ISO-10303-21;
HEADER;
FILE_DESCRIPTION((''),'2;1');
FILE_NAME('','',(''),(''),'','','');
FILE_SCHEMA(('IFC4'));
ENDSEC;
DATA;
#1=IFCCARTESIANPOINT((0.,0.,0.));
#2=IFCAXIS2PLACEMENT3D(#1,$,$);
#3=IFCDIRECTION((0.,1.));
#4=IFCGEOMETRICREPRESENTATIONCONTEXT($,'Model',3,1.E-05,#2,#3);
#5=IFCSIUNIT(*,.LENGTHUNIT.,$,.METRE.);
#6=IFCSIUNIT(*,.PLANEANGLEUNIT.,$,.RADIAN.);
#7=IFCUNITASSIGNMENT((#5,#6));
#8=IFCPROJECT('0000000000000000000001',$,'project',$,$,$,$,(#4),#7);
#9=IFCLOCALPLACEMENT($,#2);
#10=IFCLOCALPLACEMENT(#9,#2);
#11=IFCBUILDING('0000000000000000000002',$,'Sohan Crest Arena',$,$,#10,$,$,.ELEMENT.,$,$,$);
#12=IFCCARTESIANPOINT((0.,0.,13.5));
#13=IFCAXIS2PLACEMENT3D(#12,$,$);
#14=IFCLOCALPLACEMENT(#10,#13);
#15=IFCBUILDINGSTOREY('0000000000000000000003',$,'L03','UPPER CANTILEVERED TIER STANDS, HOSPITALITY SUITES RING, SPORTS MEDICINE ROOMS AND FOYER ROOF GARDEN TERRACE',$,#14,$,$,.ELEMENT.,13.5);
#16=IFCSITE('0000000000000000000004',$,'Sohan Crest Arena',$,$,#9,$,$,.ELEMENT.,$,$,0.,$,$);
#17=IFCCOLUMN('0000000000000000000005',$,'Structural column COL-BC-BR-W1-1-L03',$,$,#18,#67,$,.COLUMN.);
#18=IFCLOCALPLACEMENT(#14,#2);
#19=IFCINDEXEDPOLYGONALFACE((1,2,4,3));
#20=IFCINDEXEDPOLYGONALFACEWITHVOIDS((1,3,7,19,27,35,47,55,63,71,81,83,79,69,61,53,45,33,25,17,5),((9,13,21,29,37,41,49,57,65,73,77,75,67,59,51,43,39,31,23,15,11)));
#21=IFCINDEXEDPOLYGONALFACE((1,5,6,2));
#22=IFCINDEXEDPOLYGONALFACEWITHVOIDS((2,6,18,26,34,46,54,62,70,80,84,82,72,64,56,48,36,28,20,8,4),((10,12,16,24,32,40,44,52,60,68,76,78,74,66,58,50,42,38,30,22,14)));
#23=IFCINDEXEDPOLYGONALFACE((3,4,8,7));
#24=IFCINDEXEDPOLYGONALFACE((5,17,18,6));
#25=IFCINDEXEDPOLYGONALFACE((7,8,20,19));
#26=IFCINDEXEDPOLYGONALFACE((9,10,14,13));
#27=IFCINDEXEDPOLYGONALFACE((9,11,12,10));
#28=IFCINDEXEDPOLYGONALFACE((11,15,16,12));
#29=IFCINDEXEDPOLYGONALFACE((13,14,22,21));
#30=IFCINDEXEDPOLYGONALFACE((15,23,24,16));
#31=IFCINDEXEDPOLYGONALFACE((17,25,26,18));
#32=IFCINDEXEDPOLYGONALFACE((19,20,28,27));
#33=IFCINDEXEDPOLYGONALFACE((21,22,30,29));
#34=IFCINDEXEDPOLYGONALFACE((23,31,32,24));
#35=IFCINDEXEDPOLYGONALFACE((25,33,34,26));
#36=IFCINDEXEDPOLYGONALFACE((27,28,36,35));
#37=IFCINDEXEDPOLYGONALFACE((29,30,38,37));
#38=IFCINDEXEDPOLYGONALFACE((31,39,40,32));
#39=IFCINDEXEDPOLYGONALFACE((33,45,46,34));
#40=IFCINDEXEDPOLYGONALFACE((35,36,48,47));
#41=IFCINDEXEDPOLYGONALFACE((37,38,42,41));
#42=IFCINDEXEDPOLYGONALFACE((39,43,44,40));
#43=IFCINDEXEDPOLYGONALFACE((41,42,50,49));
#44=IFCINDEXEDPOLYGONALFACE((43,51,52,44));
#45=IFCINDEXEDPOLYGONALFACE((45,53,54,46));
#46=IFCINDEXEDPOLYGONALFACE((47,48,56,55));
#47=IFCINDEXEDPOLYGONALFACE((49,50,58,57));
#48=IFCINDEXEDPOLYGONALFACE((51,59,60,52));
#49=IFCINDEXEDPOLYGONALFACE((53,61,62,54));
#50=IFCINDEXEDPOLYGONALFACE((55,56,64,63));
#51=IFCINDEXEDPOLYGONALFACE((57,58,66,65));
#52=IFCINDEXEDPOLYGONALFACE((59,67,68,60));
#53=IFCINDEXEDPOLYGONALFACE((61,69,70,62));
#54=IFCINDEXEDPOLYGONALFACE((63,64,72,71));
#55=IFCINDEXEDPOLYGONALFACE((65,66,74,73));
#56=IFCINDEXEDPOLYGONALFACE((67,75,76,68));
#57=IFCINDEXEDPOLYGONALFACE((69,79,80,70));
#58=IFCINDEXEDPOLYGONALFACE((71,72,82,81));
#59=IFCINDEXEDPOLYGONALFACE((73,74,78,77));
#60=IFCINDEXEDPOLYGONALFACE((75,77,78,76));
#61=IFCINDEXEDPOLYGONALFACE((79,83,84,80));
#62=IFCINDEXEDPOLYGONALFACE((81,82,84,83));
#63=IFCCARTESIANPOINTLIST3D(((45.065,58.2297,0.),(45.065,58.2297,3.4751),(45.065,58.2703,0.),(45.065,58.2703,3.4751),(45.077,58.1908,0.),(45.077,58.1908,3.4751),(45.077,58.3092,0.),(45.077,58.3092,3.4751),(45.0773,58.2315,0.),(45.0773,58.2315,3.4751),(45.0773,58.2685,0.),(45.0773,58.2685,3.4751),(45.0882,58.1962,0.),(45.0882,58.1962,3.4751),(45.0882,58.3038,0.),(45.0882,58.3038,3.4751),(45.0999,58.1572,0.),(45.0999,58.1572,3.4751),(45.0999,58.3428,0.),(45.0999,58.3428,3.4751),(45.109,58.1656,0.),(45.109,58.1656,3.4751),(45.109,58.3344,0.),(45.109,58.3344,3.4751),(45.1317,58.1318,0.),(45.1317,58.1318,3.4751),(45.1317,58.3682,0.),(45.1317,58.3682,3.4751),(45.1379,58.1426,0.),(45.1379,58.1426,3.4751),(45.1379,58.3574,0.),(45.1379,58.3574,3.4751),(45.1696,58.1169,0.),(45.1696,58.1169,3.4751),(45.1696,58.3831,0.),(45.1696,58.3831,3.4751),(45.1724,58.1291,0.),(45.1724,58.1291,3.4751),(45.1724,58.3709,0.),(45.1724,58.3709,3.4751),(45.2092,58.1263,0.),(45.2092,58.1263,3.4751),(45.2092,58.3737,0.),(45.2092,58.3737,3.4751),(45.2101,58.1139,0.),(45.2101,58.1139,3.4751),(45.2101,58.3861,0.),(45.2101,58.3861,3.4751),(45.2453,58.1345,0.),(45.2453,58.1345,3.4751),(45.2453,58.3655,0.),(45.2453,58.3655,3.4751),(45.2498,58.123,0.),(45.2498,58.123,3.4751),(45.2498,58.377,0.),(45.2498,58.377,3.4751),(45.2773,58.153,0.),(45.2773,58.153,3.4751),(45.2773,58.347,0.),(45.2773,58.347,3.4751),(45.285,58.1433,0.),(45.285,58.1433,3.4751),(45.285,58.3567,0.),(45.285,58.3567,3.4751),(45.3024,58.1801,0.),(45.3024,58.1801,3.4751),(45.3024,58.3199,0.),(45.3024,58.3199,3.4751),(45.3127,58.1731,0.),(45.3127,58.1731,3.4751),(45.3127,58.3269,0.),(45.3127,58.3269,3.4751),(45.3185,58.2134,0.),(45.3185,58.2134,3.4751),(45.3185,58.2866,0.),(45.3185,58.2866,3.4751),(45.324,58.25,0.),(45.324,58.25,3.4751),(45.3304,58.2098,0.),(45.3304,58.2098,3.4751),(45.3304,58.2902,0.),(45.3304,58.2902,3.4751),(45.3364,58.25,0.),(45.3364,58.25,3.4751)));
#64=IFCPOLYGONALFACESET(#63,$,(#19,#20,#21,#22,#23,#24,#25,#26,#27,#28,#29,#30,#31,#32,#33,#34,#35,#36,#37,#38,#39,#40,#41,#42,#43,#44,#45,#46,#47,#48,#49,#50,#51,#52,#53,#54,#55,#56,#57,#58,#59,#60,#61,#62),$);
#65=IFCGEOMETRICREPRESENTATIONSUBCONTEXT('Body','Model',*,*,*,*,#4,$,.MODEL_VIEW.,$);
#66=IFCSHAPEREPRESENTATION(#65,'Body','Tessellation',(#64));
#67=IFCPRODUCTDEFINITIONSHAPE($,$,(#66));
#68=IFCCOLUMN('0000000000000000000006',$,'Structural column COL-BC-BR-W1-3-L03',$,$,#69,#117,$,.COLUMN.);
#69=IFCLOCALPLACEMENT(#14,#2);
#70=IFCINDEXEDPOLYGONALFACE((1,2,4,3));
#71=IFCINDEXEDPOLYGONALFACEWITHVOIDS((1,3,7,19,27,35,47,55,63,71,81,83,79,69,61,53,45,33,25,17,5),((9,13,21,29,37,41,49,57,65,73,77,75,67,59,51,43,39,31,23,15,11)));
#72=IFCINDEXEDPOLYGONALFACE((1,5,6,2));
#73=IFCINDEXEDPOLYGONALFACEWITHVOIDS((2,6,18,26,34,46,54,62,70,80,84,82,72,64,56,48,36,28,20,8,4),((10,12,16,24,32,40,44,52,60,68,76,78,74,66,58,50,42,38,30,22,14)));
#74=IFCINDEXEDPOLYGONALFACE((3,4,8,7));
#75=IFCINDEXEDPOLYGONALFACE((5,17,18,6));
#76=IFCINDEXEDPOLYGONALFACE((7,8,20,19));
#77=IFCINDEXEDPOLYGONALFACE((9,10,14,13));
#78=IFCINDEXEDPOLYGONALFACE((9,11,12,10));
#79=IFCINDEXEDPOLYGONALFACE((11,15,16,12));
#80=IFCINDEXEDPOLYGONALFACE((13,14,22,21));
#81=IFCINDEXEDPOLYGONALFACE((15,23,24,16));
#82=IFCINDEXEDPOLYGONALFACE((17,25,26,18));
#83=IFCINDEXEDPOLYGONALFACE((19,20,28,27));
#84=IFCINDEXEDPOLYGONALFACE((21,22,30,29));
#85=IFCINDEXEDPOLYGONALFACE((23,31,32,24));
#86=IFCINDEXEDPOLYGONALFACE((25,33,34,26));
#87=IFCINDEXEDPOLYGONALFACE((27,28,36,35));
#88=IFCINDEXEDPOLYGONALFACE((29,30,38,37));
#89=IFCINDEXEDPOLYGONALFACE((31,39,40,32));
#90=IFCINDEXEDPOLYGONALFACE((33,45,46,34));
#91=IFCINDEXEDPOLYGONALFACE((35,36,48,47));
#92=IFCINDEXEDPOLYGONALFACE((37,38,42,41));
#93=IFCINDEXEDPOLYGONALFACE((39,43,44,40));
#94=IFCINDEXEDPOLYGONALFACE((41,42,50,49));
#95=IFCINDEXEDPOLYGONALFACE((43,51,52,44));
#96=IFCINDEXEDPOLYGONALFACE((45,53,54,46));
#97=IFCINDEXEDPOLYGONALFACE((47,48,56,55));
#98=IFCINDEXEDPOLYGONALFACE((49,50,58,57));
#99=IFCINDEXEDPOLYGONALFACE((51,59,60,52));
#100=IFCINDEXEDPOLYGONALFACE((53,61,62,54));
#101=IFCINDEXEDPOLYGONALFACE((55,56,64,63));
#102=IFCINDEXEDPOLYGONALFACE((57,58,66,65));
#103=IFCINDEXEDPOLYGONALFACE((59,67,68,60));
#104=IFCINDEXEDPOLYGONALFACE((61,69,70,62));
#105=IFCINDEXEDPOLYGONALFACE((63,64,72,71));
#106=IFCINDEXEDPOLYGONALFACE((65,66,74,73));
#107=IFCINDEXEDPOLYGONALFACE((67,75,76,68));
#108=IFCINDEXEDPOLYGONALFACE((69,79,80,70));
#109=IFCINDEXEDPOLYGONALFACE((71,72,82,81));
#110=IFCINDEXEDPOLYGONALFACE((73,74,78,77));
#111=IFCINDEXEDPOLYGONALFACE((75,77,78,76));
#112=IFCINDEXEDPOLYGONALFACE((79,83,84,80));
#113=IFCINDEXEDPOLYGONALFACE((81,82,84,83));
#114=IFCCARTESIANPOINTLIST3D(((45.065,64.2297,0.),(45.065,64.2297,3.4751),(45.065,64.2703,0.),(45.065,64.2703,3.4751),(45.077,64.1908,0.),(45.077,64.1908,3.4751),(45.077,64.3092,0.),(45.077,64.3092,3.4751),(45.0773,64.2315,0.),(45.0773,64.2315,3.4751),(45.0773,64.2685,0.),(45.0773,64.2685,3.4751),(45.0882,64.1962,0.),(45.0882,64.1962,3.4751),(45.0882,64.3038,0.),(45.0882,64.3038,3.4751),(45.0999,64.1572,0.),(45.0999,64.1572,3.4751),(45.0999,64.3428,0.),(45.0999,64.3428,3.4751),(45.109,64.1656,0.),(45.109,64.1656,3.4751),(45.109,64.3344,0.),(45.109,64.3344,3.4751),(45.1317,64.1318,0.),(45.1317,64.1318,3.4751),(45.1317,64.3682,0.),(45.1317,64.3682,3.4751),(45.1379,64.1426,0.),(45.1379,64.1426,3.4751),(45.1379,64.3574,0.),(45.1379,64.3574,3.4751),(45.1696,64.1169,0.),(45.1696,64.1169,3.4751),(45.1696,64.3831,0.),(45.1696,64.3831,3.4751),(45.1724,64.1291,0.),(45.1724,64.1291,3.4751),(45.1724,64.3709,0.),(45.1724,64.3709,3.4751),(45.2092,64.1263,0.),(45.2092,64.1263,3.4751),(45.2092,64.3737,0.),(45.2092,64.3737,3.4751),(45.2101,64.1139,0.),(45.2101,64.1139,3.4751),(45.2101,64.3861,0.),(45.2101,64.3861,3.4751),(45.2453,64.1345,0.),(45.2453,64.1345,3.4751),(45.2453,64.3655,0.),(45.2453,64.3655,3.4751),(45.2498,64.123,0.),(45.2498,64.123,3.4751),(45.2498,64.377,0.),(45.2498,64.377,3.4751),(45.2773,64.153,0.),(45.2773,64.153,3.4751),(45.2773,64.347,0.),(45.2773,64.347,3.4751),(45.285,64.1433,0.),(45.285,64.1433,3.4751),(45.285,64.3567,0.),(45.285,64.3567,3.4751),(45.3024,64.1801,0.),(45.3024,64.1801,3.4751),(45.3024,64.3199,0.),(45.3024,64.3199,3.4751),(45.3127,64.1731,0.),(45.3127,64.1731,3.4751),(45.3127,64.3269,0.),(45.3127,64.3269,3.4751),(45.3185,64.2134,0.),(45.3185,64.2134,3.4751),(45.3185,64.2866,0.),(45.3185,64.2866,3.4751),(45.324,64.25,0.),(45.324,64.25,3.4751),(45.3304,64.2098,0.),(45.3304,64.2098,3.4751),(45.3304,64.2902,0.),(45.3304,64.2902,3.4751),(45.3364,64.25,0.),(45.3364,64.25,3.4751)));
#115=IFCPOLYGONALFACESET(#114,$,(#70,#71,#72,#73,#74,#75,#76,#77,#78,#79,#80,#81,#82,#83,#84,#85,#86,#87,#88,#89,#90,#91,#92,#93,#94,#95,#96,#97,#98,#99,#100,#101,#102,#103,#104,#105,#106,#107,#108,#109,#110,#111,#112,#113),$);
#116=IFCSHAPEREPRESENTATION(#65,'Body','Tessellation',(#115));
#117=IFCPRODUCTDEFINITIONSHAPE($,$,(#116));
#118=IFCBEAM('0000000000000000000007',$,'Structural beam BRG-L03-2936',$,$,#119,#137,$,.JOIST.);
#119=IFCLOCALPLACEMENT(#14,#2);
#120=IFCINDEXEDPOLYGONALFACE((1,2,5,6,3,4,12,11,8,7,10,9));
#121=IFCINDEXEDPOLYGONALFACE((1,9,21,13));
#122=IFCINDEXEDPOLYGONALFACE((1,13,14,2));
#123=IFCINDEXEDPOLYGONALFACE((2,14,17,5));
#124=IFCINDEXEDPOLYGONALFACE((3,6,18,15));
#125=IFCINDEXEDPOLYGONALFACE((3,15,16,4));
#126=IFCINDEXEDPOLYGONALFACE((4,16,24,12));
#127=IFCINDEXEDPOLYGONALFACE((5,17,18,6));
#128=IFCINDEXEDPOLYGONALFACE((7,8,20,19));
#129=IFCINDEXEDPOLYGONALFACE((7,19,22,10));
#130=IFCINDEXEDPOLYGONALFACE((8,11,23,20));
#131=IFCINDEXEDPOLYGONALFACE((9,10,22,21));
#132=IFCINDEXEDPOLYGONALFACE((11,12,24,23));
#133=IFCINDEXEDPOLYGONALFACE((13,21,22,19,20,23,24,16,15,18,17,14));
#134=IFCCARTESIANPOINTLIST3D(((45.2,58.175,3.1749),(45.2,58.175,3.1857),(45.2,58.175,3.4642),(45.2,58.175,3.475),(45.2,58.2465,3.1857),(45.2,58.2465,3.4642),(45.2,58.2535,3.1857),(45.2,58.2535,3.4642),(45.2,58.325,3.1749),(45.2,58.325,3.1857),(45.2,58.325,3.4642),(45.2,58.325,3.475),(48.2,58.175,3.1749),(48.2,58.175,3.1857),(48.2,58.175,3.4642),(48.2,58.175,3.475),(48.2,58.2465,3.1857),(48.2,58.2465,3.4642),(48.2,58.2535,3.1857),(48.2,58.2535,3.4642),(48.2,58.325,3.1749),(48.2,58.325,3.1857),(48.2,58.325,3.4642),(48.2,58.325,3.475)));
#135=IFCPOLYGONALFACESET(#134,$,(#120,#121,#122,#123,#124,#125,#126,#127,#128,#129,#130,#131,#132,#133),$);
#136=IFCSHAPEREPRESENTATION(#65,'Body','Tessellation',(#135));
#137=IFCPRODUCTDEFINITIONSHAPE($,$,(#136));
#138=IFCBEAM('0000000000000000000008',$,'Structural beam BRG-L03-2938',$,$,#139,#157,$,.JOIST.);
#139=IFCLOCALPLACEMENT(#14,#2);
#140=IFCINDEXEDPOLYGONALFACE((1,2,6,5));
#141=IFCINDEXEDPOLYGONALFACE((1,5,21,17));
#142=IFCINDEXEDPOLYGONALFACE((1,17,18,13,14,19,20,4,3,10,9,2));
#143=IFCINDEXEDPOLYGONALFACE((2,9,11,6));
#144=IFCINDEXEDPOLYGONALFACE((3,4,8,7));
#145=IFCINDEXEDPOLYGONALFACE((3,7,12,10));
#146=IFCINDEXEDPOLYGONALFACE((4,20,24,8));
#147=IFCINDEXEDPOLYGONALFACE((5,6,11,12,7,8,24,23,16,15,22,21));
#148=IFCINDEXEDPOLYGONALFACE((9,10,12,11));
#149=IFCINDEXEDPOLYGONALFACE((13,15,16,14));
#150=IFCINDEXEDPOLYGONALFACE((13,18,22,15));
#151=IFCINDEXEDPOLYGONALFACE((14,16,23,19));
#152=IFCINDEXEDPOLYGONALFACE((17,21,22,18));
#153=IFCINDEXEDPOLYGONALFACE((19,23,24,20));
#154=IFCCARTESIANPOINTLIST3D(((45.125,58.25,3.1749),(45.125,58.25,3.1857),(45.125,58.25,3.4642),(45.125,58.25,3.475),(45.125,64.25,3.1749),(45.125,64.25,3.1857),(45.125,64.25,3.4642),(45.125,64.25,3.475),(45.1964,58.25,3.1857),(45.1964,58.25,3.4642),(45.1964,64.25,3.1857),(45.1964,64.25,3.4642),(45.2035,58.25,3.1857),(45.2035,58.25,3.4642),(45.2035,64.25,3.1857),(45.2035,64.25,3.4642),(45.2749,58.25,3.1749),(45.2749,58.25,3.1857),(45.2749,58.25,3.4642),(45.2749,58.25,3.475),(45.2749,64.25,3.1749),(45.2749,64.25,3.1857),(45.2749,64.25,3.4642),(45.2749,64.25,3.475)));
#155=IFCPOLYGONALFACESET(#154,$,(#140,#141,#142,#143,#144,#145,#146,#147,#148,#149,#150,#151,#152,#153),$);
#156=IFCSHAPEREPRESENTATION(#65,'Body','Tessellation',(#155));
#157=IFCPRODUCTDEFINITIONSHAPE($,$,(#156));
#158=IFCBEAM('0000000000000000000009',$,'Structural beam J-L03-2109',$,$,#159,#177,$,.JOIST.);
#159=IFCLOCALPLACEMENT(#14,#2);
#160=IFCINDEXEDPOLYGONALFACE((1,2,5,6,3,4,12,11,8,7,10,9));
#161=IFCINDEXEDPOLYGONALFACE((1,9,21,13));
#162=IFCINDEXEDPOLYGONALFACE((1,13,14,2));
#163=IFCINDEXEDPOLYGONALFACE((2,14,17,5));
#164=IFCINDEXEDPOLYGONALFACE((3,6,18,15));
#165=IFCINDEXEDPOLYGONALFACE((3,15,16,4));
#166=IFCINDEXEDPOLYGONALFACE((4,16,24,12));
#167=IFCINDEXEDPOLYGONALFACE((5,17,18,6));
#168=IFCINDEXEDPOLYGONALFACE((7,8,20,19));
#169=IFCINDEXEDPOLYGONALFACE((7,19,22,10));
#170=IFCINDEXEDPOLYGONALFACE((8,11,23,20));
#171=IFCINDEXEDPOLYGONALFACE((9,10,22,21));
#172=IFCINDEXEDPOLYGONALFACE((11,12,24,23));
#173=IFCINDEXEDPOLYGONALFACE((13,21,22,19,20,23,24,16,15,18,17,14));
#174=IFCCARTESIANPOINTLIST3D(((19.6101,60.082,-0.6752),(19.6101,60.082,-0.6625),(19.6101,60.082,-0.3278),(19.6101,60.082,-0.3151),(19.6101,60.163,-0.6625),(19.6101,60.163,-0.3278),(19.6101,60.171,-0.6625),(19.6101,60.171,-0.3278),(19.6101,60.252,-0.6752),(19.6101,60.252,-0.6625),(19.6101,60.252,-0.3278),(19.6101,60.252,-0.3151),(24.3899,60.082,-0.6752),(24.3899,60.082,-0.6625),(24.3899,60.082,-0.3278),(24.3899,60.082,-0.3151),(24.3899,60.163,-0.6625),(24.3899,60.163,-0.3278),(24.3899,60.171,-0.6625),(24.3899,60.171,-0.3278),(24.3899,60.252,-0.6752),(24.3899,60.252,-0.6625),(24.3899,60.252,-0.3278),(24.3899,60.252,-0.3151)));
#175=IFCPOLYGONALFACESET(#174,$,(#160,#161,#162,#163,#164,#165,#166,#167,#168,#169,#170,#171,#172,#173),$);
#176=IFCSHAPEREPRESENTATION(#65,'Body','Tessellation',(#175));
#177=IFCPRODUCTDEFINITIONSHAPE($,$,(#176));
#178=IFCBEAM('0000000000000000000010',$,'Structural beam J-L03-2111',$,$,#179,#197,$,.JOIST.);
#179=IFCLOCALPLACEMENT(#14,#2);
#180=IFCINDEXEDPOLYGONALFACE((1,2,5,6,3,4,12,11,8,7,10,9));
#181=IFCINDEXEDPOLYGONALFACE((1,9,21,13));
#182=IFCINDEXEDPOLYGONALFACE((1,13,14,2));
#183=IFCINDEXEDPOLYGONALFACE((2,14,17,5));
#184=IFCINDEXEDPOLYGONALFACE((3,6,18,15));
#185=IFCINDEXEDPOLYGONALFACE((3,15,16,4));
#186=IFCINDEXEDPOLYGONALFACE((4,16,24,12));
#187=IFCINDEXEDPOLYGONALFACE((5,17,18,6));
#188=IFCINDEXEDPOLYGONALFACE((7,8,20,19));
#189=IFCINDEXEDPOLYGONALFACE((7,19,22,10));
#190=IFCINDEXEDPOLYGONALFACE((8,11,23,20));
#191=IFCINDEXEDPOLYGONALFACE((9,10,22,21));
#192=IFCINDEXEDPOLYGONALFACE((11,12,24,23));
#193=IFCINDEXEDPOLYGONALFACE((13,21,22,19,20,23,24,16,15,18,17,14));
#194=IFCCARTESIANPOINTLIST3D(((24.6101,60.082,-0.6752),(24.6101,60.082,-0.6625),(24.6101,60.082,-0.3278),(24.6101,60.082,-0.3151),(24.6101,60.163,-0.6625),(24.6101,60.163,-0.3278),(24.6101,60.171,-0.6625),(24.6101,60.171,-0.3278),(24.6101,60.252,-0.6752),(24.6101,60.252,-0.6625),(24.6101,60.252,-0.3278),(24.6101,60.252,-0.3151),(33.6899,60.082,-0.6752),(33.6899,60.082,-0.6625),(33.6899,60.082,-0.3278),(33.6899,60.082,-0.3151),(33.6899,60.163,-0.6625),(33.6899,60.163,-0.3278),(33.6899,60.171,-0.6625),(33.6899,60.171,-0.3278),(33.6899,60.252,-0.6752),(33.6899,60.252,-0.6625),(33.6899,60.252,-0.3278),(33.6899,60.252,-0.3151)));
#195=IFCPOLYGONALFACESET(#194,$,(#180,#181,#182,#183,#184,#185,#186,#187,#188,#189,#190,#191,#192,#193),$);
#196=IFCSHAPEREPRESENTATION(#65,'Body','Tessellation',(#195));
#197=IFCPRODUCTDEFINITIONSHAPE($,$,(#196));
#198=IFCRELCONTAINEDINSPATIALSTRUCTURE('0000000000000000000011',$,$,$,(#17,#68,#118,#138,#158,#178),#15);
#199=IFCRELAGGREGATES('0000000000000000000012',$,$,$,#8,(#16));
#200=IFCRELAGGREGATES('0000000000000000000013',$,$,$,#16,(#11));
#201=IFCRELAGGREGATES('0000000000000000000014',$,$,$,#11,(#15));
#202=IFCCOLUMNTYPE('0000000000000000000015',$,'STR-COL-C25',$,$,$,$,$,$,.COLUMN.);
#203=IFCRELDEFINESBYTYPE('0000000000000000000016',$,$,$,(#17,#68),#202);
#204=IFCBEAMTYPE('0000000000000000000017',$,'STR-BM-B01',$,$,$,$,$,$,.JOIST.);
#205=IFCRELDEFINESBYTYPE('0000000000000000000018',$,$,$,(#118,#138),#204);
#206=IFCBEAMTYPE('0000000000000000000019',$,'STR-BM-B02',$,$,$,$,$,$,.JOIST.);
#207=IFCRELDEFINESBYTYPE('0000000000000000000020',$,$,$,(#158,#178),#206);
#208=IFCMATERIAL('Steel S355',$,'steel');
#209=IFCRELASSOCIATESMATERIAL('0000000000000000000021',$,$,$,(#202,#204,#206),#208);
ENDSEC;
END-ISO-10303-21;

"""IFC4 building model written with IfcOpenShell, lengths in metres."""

from ifc_helpers import new_model, si_unit, direction, frame, origin, origin_2d, place, context, subcontext, project, spatial, hollow_circle, i_section, extrude, material, material_profile, profile_set, type_object, element, save


model = new_model("IFC4")

# Units and contexts
model_context = context("Model", 3, precision=1e-05, world=origin(), true_north=direction((0.0, 1.0)))
body_context = subcontext(model_context, "Body", "Model", "MODEL_VIEW")
ifc_project = project(units=[si_unit("LENGTHUNIT", "METRE"), si_unit("PLANEANGLEUNIT", "RADIAN")], contexts=[model_context])

# Site, building, storey
site_placement = place(None, origin())
site = spatial("IfcSite", under=ifc_project, at=site_placement, Name="Sohan Crest Arena", CompositionType="ELEMENT", RefElevation=0.0)
building_placement = place(site_placement, origin())
building = spatial("IfcBuilding", under=site, at=building_placement, Name="Sohan Crest Arena", CompositionType="ELEMENT")
storey_placement = place(building_placement, frame((0.0, 0.0, 13.5)))
storey = spatial("IfcBuildingStorey", under=building, at=storey_placement, Name="L03", Description="UPPER CANTILEVERED TIER STANDS, HOSPITALITY SUITES RING, SPORTS MEDICINE ROOMS AND FOYER ROOF GARDEN TERRACE", CompositionType="ELEMENT", Elevation=13.5)

# Columns
ifc_material_1 = material(Name="Steel S355", Category="steel")
ifc_material_profile_1 = material_profile(ifc_material_1, hollow_circle(Radius=0.1365, WallThickness=0.0125, at=origin_2d()), Name="CHS 273x12.5")
ifc_profile_set_1 = profile_set([ifc_material_profile_1], Name="Steel S355")
column_type_1 = type_object("IfcColumnType", Name="STR-COL-C25", PredefinedType="COLUMN", material=ifc_profile_set_1)
for number, where, z_axis, x_axis, name in (
    (1, (45.2, 58.25, 0.0), (0.0, 0.0, 1.0), (1.0, 0.0, 0.0), "Structural column COL-BC-BR-W1-1-L03"),
    (2, (45.2, 64.25, 0.0), (0.0, 0.0, 1.0), (1.0, 0.0, 0.0), "Structural column COL-BC-BR-W1-3-L03"),
):
    element("IfcColumn", number, at=place(storey_placement, frame(where, z_axis=z_axis, x_axis=x_axis)), inside=storey, type_object=column_type_1, Name=name, PredefinedType="COLUMN", context=body_context, shape_type="SweptSolid", body=[
        extrude(hollow_circle(Radius=0.1365, WallThickness=0.0125, at=origin_2d()), origin(), (0.0, 0.0, 1.0), 3.4751),
    ])

# Beams
ifc_material_profile_2 = material_profile(ifc_material_1, i_section(OverallWidth=0.1499, OverallDepth=0.3, WebThickness=0.0071, FlangeThickness=0.0107, at=origin_2d()), Name="IPE 300")
ifc_profile_set_2 = profile_set([ifc_material_profile_2], Name="Steel S355")
beam_type_1 = type_object("IfcBeamType", Name="STR-BM-B01", PredefinedType="JOIST", material=ifc_profile_set_2)
beam_1_placement = place(storey_placement, frame((45.2, 58.25, 3.325), z_axis=(1.0, 0.0, 0.0), x_axis=(0.0, 1.0, 0.0)))
element("IfcBeam", 3, at=beam_1_placement, inside=storey, type_object=beam_type_1, Name="Structural beam BRG-L03-2936", PredefinedType="JOIST", context=body_context, shape_type="SweptSolid", body=[
    extrude(i_section(OverallWidth=0.1499, OverallDepth=0.3, WebThickness=0.0071, FlangeThickness=0.0107, at=origin_2d()), origin(), (0.0, 0.0, 1.0), 3.0),
])
beam_2_placement = place(storey_placement, frame((45.2, 58.25, 3.325), z_axis=(0.0, 1.0, 0.0), x_axis=(-1.0, 0.0, 0.0)))
element("IfcBeam", 4, at=beam_2_placement, inside=storey, type_object=beam_type_1, Name="Structural beam BRG-L03-2938", PredefinedType="JOIST", context=body_context, shape_type="SweptSolid", body=[
    extrude(i_section(OverallWidth=0.1499, OverallDepth=0.3, WebThickness=0.0071, FlangeThickness=0.0107, at=origin_2d()), origin(), (0.0, 0.0, 1.0), 6.0),
])
ifc_material_profile_3 = material_profile(ifc_material_1, i_section(OverallWidth=0.1699, OverallDepth=0.3601, WebThickness=0.0081, FlangeThickness=0.0127, at=origin_2d()), Name="IPE 360")
ifc_profile_set_3 = profile_set([ifc_material_profile_3], Name="Steel S355")
beam_type_2 = type_object("IfcBeamType", Name="STR-BM-B02", PredefinedType="JOIST", material=ifc_profile_set_3)
beam_3_placement = place(storey_placement, frame((19.6101, 60.167, -0.4951), z_axis=(1.0, 0.0, 0.0), x_axis=(0.0, 1.0, 0.0)))
element("IfcBeam", 5, at=beam_3_placement, inside=storey, type_object=beam_type_2, Name="Structural beam J-L03-2109", PredefinedType="JOIST", context=body_context, shape_type="SweptSolid", body=[
    extrude(i_section(OverallWidth=0.1699, OverallDepth=0.3601, WebThickness=0.0081, FlangeThickness=0.0127, at=origin_2d()), origin(), (0.0, 0.0, 1.0), 4.7798),
])
beam_4_placement = place(storey_placement, frame((24.6101, 60.167, -0.4951), z_axis=(1.0, 0.0, 0.0), x_axis=(0.0, 1.0, 0.0)))
element("IfcBeam", 6, at=beam_4_placement, inside=storey, type_object=beam_type_2, Name="Structural beam J-L03-2111", PredefinedType="JOIST", context=body_context, shape_type="SweptSolid", body=[
    extrude(i_section(OverallWidth=0.1699, OverallDepth=0.3601, WebThickness=0.0081, FlangeThickness=0.0127, at=origin_2d()), origin(), (0.0, 0.0, 1.0), 9.0798),
])

save(model, "model.ifc")
